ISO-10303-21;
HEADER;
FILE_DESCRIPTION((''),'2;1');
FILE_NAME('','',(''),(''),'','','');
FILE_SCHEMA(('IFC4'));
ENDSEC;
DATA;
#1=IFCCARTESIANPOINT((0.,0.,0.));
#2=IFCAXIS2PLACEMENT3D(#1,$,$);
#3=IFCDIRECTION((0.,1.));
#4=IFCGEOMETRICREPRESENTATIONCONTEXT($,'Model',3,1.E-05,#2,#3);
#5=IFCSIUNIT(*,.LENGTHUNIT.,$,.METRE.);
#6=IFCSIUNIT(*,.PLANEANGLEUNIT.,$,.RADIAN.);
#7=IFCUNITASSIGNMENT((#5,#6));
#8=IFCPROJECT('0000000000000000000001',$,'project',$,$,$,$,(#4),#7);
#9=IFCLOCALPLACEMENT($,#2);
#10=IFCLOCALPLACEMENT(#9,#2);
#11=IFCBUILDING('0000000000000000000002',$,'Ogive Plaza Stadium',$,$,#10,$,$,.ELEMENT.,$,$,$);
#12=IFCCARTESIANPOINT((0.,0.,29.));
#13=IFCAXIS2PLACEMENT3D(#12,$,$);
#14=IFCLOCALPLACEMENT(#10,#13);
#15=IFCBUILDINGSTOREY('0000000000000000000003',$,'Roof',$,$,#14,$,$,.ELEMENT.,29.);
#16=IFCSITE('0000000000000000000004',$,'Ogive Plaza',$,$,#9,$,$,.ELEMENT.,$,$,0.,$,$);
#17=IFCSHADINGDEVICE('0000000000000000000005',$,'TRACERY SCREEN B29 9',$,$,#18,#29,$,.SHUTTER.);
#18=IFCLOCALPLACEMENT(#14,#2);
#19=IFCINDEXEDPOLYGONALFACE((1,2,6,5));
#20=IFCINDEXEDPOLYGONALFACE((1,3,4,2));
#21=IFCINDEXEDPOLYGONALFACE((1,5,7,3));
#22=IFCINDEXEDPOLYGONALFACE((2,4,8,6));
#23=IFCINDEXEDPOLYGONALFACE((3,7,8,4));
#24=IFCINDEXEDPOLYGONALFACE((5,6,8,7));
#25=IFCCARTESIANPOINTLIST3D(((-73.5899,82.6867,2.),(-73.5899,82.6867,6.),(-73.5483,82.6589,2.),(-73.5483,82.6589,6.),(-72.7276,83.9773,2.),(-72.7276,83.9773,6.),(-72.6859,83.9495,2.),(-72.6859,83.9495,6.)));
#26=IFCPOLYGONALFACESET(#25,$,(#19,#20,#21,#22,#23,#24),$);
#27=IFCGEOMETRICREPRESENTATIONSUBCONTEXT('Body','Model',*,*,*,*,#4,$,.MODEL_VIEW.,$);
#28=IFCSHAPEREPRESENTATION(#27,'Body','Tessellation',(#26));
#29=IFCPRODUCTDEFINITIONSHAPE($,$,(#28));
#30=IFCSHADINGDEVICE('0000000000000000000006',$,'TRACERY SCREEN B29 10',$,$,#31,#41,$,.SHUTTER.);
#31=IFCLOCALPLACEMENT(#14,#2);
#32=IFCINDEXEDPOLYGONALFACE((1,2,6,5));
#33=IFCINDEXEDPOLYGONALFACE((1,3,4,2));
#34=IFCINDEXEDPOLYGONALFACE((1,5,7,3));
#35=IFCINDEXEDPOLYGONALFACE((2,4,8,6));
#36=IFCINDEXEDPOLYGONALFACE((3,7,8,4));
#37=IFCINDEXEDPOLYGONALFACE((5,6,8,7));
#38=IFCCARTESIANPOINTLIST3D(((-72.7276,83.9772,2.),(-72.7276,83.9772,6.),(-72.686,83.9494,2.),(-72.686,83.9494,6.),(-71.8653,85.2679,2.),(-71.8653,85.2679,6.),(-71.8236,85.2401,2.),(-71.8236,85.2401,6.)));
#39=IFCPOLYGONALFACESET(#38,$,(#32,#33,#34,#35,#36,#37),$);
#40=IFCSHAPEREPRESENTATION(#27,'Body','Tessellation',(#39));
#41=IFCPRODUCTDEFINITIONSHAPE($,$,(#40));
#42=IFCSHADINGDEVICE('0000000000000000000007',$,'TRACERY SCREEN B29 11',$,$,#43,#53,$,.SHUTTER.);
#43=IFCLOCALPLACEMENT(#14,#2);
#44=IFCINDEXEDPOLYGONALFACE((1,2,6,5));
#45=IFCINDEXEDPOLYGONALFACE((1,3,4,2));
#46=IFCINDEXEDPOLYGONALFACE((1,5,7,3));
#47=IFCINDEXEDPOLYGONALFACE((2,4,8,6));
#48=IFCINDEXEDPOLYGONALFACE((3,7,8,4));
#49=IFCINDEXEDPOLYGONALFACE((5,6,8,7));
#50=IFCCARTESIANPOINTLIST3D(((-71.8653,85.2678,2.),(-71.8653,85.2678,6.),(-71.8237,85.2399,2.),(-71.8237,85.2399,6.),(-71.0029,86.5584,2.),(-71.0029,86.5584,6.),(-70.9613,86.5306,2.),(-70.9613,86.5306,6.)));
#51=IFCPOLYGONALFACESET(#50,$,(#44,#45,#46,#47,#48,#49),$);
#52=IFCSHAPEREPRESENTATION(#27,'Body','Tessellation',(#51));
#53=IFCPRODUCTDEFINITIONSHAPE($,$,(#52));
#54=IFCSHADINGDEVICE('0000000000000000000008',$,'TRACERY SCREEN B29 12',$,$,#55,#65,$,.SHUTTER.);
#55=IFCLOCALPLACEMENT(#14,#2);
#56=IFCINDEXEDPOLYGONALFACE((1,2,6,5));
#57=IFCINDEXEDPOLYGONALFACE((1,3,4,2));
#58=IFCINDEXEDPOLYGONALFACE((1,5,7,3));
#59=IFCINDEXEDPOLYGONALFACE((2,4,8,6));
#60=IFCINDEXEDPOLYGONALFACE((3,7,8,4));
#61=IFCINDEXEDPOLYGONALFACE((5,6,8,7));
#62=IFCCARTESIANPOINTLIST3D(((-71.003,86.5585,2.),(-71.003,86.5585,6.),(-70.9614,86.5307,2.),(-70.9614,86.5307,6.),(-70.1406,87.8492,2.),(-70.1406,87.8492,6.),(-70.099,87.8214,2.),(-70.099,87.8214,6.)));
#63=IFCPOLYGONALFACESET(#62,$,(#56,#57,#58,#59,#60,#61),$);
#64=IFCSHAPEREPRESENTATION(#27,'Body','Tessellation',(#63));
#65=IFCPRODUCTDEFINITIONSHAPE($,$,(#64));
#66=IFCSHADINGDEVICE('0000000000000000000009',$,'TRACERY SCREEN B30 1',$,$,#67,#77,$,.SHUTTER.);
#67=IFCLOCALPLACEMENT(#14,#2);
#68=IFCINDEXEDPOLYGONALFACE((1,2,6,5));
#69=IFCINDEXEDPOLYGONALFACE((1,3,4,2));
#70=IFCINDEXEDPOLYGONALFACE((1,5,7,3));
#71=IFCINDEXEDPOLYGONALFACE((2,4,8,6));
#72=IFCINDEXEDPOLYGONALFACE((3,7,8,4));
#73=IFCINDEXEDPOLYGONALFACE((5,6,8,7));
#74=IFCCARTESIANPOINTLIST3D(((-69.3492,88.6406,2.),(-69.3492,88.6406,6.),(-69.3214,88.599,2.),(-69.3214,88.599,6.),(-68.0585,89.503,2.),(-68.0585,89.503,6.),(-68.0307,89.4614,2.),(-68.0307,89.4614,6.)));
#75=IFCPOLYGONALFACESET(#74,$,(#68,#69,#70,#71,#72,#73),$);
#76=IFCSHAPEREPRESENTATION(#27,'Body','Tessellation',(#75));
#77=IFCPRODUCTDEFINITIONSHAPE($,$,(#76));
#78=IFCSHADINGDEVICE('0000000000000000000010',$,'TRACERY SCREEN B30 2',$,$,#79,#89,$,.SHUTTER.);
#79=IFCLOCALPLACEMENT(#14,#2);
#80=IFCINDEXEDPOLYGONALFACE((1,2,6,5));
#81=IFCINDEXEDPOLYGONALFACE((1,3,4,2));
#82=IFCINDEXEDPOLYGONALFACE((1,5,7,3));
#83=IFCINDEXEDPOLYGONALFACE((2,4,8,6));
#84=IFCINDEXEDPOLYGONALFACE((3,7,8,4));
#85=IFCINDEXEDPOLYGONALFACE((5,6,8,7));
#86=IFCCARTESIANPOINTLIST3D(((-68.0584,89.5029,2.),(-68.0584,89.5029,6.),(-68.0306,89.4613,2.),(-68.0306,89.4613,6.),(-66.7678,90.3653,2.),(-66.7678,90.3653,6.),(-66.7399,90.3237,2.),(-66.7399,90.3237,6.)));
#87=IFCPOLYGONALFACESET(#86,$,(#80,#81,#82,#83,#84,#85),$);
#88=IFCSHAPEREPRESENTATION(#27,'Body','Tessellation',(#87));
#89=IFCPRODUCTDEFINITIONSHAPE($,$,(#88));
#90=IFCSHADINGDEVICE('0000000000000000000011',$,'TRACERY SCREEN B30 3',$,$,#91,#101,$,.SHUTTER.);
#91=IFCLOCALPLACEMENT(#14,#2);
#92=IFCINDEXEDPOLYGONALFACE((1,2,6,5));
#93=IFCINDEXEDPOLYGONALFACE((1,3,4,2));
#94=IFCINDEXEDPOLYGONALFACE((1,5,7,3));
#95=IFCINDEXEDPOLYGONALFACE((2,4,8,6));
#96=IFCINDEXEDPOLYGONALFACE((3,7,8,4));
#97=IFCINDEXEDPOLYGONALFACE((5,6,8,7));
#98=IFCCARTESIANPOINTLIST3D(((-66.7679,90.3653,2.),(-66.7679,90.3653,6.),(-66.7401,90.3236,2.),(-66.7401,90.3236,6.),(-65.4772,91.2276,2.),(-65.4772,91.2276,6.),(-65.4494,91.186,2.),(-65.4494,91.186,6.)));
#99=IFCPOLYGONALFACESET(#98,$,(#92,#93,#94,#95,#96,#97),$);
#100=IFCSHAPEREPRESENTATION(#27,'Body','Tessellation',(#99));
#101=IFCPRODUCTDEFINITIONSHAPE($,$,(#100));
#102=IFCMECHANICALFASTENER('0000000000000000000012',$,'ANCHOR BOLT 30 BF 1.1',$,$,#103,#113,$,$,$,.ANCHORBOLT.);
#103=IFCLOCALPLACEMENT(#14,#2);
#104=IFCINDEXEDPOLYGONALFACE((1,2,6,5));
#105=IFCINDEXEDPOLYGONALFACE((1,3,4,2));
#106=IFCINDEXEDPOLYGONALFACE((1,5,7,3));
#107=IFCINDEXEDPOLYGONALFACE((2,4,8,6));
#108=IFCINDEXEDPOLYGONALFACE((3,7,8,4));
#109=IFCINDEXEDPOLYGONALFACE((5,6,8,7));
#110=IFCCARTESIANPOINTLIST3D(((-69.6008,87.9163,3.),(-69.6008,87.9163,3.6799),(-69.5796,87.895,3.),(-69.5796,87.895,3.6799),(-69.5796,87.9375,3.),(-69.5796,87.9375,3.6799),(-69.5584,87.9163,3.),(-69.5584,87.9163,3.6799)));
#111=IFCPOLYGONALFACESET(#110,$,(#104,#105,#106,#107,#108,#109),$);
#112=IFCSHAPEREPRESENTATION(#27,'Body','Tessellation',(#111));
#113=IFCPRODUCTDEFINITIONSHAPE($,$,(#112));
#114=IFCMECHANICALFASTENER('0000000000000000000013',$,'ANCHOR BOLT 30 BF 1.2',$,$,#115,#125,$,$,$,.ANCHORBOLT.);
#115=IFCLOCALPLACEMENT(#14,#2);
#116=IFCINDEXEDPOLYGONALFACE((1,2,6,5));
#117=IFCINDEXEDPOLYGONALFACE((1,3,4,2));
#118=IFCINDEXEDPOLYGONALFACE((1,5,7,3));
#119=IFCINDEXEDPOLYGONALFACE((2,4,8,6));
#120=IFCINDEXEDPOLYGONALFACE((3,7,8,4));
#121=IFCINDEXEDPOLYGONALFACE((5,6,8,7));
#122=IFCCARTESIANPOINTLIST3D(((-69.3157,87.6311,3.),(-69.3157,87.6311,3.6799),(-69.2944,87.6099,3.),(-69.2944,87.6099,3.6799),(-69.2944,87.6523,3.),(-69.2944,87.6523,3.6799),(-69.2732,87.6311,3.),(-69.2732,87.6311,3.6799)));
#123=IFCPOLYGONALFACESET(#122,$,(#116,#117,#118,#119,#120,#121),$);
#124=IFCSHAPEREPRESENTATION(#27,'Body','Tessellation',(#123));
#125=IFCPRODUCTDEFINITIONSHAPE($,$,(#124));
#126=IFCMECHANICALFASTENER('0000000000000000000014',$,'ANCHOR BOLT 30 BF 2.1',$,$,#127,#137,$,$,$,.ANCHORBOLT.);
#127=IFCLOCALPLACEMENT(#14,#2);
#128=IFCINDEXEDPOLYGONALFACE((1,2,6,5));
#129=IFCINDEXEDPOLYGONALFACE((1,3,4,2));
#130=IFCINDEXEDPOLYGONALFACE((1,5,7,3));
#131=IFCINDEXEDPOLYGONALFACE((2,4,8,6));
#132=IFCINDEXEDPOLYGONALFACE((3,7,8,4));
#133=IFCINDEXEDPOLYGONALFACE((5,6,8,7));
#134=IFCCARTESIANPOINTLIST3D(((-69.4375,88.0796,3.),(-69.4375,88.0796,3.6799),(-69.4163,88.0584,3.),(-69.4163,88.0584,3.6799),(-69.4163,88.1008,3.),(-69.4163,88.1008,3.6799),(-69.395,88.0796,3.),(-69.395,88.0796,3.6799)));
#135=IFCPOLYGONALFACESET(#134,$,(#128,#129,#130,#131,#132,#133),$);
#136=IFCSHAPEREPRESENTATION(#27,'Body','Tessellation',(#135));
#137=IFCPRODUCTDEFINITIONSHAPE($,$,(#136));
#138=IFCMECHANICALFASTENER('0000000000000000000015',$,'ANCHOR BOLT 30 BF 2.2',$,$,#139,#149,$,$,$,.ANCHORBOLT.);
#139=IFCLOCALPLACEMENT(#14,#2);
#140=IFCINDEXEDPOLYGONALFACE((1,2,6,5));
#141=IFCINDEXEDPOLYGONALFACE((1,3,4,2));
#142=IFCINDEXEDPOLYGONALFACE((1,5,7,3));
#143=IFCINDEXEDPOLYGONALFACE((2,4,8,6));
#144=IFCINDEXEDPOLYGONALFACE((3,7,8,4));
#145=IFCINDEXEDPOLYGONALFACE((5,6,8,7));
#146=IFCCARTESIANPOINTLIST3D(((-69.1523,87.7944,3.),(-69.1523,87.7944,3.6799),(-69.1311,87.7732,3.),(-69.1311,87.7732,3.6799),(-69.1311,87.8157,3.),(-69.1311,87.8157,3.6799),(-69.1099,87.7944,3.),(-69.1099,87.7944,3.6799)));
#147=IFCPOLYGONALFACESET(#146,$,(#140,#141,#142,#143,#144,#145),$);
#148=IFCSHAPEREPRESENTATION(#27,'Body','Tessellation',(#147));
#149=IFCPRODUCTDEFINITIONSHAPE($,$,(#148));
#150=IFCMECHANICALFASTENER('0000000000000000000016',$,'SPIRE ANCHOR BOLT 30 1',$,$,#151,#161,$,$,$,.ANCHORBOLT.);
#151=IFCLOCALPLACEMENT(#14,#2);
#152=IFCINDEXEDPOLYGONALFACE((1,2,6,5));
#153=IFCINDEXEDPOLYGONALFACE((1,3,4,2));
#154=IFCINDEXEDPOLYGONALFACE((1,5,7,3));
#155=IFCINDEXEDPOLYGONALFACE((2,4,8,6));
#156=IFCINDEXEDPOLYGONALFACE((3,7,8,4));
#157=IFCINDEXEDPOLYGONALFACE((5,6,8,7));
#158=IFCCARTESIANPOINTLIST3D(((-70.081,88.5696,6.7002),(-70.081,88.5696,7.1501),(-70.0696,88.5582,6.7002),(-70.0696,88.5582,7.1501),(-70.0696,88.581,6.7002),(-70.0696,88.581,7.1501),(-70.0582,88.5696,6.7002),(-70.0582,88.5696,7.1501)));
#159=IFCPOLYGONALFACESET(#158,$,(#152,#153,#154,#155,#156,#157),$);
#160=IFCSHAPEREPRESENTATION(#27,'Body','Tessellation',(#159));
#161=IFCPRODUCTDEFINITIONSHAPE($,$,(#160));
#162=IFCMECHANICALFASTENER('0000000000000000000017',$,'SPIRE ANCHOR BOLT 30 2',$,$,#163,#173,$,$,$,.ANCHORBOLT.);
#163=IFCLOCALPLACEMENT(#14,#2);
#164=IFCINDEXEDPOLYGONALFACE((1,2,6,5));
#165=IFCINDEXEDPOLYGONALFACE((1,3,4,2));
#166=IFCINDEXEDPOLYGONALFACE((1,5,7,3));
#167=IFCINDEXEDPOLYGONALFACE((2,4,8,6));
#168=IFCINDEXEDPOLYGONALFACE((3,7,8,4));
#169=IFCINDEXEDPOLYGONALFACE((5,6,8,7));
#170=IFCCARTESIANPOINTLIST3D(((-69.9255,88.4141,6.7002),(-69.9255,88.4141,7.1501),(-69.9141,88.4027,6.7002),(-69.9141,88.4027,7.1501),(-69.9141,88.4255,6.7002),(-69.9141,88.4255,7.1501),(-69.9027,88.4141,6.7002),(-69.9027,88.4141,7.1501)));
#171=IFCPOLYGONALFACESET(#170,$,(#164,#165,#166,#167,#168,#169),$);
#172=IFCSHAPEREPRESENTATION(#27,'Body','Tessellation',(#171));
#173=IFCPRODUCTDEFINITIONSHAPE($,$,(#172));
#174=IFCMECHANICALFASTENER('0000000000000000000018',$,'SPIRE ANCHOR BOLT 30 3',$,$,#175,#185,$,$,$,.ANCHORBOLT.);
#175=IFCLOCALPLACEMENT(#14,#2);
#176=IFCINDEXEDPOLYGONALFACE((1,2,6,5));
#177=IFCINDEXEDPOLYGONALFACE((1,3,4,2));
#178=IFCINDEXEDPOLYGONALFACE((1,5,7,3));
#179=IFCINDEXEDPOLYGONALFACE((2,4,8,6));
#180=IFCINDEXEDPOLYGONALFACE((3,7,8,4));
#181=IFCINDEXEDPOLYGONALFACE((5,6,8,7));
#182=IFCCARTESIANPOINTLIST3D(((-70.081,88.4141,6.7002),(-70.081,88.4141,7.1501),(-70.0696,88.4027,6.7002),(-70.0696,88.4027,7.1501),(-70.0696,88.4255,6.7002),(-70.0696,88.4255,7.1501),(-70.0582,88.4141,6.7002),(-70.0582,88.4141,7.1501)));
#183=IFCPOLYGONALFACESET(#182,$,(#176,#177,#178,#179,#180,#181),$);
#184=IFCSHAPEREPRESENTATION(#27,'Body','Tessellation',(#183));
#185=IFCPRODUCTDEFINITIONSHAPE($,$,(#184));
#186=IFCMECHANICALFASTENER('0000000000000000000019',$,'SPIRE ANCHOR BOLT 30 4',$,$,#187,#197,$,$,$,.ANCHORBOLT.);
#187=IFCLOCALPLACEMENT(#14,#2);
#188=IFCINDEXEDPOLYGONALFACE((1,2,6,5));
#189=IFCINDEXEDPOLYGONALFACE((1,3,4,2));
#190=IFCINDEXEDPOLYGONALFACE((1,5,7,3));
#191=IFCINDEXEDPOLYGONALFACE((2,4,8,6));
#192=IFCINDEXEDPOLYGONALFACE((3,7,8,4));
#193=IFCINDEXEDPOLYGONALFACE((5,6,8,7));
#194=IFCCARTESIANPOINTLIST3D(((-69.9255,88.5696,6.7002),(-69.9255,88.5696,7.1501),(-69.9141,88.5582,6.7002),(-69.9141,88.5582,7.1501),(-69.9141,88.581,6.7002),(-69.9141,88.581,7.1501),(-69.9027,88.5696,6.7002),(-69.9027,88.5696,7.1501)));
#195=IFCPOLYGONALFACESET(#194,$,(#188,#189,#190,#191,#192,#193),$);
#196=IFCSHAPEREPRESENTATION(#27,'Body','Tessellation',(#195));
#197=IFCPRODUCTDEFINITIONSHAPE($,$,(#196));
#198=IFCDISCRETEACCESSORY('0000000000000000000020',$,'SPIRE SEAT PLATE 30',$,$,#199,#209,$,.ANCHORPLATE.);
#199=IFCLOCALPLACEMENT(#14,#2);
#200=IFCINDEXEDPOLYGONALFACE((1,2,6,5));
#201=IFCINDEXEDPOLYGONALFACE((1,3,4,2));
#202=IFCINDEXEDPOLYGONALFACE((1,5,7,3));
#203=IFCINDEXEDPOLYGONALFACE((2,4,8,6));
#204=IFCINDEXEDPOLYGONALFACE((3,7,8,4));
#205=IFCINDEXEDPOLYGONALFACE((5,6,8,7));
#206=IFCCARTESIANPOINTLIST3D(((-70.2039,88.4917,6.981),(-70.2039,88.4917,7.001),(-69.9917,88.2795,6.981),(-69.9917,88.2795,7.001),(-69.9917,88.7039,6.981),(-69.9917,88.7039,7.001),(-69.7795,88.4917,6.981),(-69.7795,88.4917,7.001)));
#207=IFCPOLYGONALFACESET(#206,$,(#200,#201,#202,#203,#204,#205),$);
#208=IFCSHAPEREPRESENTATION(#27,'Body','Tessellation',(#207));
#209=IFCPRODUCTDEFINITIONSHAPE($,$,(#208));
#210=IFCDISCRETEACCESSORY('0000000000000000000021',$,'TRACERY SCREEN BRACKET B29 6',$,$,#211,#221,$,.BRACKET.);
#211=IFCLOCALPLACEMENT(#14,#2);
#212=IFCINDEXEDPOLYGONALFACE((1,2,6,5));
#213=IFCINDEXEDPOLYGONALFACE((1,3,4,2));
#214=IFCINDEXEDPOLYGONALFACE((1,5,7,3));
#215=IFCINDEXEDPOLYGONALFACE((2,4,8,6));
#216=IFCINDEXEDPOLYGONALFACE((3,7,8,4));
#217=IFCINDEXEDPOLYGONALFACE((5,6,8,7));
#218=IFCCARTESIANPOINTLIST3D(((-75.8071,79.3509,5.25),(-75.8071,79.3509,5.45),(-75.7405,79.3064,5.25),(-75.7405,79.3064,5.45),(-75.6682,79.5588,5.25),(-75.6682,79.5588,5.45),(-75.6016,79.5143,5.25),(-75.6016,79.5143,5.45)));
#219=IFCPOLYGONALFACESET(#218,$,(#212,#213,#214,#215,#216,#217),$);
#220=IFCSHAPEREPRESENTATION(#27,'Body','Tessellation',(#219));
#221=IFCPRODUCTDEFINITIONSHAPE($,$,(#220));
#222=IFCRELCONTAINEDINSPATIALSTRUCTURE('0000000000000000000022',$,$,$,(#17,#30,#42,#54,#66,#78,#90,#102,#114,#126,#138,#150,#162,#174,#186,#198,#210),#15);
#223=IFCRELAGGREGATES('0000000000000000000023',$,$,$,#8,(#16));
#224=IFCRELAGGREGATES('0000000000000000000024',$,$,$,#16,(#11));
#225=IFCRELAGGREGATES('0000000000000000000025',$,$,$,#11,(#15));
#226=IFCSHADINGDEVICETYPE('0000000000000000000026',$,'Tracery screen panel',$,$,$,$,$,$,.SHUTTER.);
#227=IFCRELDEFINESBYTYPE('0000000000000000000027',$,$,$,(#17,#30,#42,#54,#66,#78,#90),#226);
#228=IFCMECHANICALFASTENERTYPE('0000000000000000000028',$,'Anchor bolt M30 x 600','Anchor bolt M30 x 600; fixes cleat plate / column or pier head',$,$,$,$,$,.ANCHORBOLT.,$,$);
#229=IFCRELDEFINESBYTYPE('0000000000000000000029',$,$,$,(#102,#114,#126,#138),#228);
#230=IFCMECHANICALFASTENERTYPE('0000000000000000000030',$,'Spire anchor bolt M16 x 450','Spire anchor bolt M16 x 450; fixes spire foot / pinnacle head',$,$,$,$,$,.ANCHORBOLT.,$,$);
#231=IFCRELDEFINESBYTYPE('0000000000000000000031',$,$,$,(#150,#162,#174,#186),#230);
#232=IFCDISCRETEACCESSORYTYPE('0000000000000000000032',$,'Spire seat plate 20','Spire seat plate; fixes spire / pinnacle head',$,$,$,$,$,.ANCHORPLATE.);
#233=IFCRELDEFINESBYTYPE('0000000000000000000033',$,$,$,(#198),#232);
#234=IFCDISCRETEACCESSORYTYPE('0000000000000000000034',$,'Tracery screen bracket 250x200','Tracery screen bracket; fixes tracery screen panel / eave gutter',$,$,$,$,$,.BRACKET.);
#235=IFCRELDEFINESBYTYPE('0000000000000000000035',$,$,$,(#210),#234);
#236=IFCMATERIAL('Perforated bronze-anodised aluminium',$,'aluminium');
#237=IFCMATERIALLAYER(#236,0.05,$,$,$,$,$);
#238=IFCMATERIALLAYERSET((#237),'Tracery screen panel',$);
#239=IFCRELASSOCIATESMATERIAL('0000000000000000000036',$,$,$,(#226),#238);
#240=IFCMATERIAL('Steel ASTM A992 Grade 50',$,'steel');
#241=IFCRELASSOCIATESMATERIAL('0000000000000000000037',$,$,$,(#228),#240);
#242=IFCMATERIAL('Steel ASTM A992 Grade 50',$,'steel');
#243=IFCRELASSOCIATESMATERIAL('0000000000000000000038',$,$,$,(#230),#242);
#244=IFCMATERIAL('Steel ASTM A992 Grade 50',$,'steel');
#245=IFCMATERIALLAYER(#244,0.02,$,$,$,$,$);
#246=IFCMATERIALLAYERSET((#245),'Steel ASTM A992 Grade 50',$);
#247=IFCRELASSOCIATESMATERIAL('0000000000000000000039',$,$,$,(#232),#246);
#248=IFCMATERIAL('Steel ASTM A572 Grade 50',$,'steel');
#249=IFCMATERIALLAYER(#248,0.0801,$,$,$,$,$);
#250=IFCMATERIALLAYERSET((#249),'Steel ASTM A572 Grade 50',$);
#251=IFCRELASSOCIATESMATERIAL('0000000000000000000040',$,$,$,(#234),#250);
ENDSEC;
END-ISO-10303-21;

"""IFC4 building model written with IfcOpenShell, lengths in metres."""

from ifc_helpers import new_model, si_unit, direction, frame, origin, origin_2d, place, context, subcontext, project, spatial, rectangle, extrude, material, layer, layer_set, type_object, element, save


model = new_model("IFC4")

# Units and contexts
model_context = context("Model", 3, precision=1e-05, world=origin(), true_north=direction((0.0, 1.0)))
body_context = subcontext(model_context, "Body", "Model", "MODEL_VIEW")
ifc_project = project(units=[si_unit("LENGTHUNIT", "METRE"), si_unit("PLANEANGLEUNIT", "RADIAN")], contexts=[model_context])

# Site, building, storey
site_placement = place(None, origin())
site = spatial("IfcSite", under=ifc_project, at=site_placement, Name="Ogive Plaza", CompositionType="ELEMENT", RefElevation=0.0)
building_placement = place(site_placement, origin())
building = spatial("IfcBuilding", under=site, at=building_placement, Name="Ogive Plaza Stadium", CompositionType="ELEMENT")
storey_placement = place(building_placement, frame((0.0, 0.0, 29.0)))
storey = spatial("IfcBuildingStorey", under=building, at=storey_placement, Name="Roof", CompositionType="ELEMENT", Elevation=29.0)

# Shading devices
ifc_material_1 = material(Name="Perforated bronze-anodised aluminium", Category="aluminium")
ifc_layer_1 = layer(ifc_material_1, 0.05)
ifc_layer_set_1 = layer_set([ifc_layer_1], Name="Tracery screen panel")
shading_device_type = type_object("IfcShadingDeviceType", Name="Tracery screen panel", PredefinedType="SHUTTER", material=ifc_layer_set_1)
for number, where, z_axis, x_axis, name in (
    (1, (-73.1379, 83.3181, 2.0), (0.0, 0.0, 1.0), (0.55557, 0.83147, 0.0), "TRACERY SCREEN B29 9"),
    (2, (-72.2756, 84.6086, 2.0), (0.0, 0.0, 1.0), (0.55557, 0.83147, 0.0), "TRACERY SCREEN B29 10"),
    (3, (-71.4133, 85.8992, 2.0), (0.0, 0.0, 1.0), (0.55557, 0.83147, 0.0), "TRACERY SCREEN B29 11"),
    (4, (-70.551, 87.1899, 2.0), (0.0, 0.0, 1.0), (0.55557, 0.83147, 0.0), "TRACERY SCREEN B29 12"),
    (5, (-68.6899, 89.051, 2.0), (0.0, 0.0, 1.0), (0.83147, 0.55557, 0.0), "TRACERY SCREEN B30 1"),
    (6, (-67.3992, 89.9133, 2.0), (0.0, 0.0, 1.0), (0.83147, 0.55557, 0.0), "TRACERY SCREEN B30 2"),
    (7, (-66.1086, 90.7756, 2.0), (0.0, 0.0, 1.0), (0.83147, 0.55557, 0.0), "TRACERY SCREEN B30 3"),
):
    element("IfcShadingDevice", number, at=place(storey_placement, frame(where, z_axis=z_axis, x_axis=x_axis)), inside=storey, type_object=shading_device_type, Name=name, PredefinedType="SHUTTER", context=body_context, shape_type="SweptSolid", body=[
        extrude(rectangle(XDim=1.5522, YDim=0.05, at=origin_2d()), origin(), (0.0, 0.0, 1.0), 4.0),
    ])

# Mechanical fasteners
ifc_material_2 = material(Name="Steel ASTM A992 Grade 50", Category="steel")
mechanical_fastener_type_1 = type_object("IfcMechanicalFastenerType", Name="Anchor bolt M30 x 600", Description="Anchor bolt M30 x 600; fixes cleat plate / column or pier head", PredefinedType="ANCHORBOLT", material=ifc_material_2)
for number, where, z_axis, x_axis, name in (
    (8, (-69.5796, 87.9163, 3.0), (0.0, 0.0, 1.0), (-0.707107, 0.707107, 0.0), "ANCHOR BOLT 30 BF 1.1"),
    (9, (-69.2944, 87.6311, 3.0), (0.0, 0.0, 1.0), (-0.707107, 0.707107, 0.0), "ANCHOR BOLT 30 BF 1.2"),
    (10, (-69.4163, 88.0796, 3.0), (0.0, 0.0, 1.0), (-0.707107, 0.707107, 0.0), "ANCHOR BOLT 30 BF 2.1"),
    (11, (-69.1311, 87.7944, 3.0), (0.0, 0.0, 1.0), (-0.707107, 0.707107, 0.0), "ANCHOR BOLT 30 BF 2.2"),
):
    element("IfcMechanicalFastener", number, at=place(storey_placement, frame(where, z_axis=z_axis, x_axis=x_axis)), inside=storey, type_object=mechanical_fastener_type_1, Name=name, PredefinedType="ANCHORBOLT", context=body_context, shape_type="SweptSolid", body=[
        extrude(rectangle(XDim=0.03, YDim=0.03, at=origin_2d()), origin(), (0.0, 0.0, 1.0), 0.6799),
    ])
ifc_material_3 = material(Name="Steel ASTM A992 Grade 50", Category="steel")
mechanical_fastener_type_2 = type_object("IfcMechanicalFastenerType", Name="Spire anchor bolt M16 x 450", Description="Spire anchor bolt M16 x 450; fixes spire foot / pinnacle head", PredefinedType="ANCHORBOLT", material=ifc_material_3)
for number, where, z_axis, x_axis, name in (
    (12, (-70.0696, 88.5696, 6.7002), (0.0, 0.0, 1.0), (-0.707107, 0.707107, 0.0), "SPIRE ANCHOR BOLT 30 1"),
    (13, (-69.9141, 88.4141, 6.7002), (0.0, 0.0, 1.0), (-0.707107, 0.707107, 0.0), "SPIRE ANCHOR BOLT 30 2"),
    (14, (-70.0696, 88.4141, 6.7002), (0.0, 0.0, 1.0), (-0.707107, 0.707107, 0.0), "SPIRE ANCHOR BOLT 30 3"),
    (15, (-69.9141, 88.5696, 6.7002), (0.0, 0.0, 1.0), (-0.707107, 0.707107, 0.0), "SPIRE ANCHOR BOLT 30 4"),
):
    element("IfcMechanicalFastener", number, at=place(storey_placement, frame(where, z_axis=z_axis, x_axis=x_axis)), inside=storey, type_object=mechanical_fastener_type_2, Name=name, PredefinedType="ANCHORBOLT", context=body_context, shape_type="SweptSolid", body=[
        extrude(rectangle(XDim=0.0161, YDim=0.0161, at=origin_2d()), origin(), (0.0, 0.0, 1.0), 0.45),
    ])

# Discrete accessories
ifc_material_4 = material(Name="Steel ASTM A992 Grade 50", Category="steel")
ifc_layer_2 = layer(ifc_material_4, 0.02)
ifc_layer_set_2 = layer_set([ifc_layer_2], Name="Steel ASTM A992 Grade 50")
discrete_accessory_type_1 = type_object("IfcDiscreteAccessoryType", Name="Spire seat plate 20", Description="Spire seat plate; fixes spire / pinnacle head", PredefinedType="ANCHORPLATE", material=ifc_layer_set_2)
discrete_accessory_placement = place(storey_placement, frame((-69.9917, 88.4917, 6.981), z_axis=(0.0, 0.0, 1.0), x_axis=(-0.707107, 0.707107, 0.0)))
element("IfcDiscreteAccessory", 16, at=discrete_accessory_placement, inside=storey, type_object=discrete_accessory_type_1, Name="SPIRE SEAT PLATE 30", PredefinedType="ANCHORPLATE", context=body_context, shape_type="SweptSolid", body=[
    extrude(rectangle(XDim=0.3, YDim=0.3, at=origin_2d()), origin(), (0.0, 0.0, 1.0), 0.02),
])
ifc_material_5 = material(Name="Steel ASTM A572 Grade 50", Category="steel")
ifc_layer_3 = layer(ifc_material_5, 0.0801)
ifc_layer_set_3 = layer_set([ifc_layer_3], Name="Steel ASTM A572 Grade 50")
discrete_accessory_type_2 = type_object("IfcDiscreteAccessoryType", Name="Tracery screen bracket 250x200", Description="Tracery screen bracket; fixes tracery screen panel / eave gutter", PredefinedType="BRACKET", material=ifc_layer_set_3)
for number, where, z_axis, x_axis, name in (
    (17, (-75.7043, 79.4326, 5.25), (0.0, 0.0, 1.0), (0.55557, 0.83147, 0.0), "TRACERY SCREEN BRACKET B29 6"),
):
    element("IfcDiscreteAccessory", number, at=place(storey_placement, frame(where, z_axis=z_axis, x_axis=x_axis)), inside=storey, type_object=discrete_accessory_type_2, Name=name, PredefinedType="BRACKET", context=body_context, shape_type="SweptSolid", body=[
        extrude(rectangle(XDim=0.25, YDim=0.0801, at=origin_2d()), origin(), (0.0, 0.0, 1.0), 0.2),
    ])

save(model, "model.ifc")
